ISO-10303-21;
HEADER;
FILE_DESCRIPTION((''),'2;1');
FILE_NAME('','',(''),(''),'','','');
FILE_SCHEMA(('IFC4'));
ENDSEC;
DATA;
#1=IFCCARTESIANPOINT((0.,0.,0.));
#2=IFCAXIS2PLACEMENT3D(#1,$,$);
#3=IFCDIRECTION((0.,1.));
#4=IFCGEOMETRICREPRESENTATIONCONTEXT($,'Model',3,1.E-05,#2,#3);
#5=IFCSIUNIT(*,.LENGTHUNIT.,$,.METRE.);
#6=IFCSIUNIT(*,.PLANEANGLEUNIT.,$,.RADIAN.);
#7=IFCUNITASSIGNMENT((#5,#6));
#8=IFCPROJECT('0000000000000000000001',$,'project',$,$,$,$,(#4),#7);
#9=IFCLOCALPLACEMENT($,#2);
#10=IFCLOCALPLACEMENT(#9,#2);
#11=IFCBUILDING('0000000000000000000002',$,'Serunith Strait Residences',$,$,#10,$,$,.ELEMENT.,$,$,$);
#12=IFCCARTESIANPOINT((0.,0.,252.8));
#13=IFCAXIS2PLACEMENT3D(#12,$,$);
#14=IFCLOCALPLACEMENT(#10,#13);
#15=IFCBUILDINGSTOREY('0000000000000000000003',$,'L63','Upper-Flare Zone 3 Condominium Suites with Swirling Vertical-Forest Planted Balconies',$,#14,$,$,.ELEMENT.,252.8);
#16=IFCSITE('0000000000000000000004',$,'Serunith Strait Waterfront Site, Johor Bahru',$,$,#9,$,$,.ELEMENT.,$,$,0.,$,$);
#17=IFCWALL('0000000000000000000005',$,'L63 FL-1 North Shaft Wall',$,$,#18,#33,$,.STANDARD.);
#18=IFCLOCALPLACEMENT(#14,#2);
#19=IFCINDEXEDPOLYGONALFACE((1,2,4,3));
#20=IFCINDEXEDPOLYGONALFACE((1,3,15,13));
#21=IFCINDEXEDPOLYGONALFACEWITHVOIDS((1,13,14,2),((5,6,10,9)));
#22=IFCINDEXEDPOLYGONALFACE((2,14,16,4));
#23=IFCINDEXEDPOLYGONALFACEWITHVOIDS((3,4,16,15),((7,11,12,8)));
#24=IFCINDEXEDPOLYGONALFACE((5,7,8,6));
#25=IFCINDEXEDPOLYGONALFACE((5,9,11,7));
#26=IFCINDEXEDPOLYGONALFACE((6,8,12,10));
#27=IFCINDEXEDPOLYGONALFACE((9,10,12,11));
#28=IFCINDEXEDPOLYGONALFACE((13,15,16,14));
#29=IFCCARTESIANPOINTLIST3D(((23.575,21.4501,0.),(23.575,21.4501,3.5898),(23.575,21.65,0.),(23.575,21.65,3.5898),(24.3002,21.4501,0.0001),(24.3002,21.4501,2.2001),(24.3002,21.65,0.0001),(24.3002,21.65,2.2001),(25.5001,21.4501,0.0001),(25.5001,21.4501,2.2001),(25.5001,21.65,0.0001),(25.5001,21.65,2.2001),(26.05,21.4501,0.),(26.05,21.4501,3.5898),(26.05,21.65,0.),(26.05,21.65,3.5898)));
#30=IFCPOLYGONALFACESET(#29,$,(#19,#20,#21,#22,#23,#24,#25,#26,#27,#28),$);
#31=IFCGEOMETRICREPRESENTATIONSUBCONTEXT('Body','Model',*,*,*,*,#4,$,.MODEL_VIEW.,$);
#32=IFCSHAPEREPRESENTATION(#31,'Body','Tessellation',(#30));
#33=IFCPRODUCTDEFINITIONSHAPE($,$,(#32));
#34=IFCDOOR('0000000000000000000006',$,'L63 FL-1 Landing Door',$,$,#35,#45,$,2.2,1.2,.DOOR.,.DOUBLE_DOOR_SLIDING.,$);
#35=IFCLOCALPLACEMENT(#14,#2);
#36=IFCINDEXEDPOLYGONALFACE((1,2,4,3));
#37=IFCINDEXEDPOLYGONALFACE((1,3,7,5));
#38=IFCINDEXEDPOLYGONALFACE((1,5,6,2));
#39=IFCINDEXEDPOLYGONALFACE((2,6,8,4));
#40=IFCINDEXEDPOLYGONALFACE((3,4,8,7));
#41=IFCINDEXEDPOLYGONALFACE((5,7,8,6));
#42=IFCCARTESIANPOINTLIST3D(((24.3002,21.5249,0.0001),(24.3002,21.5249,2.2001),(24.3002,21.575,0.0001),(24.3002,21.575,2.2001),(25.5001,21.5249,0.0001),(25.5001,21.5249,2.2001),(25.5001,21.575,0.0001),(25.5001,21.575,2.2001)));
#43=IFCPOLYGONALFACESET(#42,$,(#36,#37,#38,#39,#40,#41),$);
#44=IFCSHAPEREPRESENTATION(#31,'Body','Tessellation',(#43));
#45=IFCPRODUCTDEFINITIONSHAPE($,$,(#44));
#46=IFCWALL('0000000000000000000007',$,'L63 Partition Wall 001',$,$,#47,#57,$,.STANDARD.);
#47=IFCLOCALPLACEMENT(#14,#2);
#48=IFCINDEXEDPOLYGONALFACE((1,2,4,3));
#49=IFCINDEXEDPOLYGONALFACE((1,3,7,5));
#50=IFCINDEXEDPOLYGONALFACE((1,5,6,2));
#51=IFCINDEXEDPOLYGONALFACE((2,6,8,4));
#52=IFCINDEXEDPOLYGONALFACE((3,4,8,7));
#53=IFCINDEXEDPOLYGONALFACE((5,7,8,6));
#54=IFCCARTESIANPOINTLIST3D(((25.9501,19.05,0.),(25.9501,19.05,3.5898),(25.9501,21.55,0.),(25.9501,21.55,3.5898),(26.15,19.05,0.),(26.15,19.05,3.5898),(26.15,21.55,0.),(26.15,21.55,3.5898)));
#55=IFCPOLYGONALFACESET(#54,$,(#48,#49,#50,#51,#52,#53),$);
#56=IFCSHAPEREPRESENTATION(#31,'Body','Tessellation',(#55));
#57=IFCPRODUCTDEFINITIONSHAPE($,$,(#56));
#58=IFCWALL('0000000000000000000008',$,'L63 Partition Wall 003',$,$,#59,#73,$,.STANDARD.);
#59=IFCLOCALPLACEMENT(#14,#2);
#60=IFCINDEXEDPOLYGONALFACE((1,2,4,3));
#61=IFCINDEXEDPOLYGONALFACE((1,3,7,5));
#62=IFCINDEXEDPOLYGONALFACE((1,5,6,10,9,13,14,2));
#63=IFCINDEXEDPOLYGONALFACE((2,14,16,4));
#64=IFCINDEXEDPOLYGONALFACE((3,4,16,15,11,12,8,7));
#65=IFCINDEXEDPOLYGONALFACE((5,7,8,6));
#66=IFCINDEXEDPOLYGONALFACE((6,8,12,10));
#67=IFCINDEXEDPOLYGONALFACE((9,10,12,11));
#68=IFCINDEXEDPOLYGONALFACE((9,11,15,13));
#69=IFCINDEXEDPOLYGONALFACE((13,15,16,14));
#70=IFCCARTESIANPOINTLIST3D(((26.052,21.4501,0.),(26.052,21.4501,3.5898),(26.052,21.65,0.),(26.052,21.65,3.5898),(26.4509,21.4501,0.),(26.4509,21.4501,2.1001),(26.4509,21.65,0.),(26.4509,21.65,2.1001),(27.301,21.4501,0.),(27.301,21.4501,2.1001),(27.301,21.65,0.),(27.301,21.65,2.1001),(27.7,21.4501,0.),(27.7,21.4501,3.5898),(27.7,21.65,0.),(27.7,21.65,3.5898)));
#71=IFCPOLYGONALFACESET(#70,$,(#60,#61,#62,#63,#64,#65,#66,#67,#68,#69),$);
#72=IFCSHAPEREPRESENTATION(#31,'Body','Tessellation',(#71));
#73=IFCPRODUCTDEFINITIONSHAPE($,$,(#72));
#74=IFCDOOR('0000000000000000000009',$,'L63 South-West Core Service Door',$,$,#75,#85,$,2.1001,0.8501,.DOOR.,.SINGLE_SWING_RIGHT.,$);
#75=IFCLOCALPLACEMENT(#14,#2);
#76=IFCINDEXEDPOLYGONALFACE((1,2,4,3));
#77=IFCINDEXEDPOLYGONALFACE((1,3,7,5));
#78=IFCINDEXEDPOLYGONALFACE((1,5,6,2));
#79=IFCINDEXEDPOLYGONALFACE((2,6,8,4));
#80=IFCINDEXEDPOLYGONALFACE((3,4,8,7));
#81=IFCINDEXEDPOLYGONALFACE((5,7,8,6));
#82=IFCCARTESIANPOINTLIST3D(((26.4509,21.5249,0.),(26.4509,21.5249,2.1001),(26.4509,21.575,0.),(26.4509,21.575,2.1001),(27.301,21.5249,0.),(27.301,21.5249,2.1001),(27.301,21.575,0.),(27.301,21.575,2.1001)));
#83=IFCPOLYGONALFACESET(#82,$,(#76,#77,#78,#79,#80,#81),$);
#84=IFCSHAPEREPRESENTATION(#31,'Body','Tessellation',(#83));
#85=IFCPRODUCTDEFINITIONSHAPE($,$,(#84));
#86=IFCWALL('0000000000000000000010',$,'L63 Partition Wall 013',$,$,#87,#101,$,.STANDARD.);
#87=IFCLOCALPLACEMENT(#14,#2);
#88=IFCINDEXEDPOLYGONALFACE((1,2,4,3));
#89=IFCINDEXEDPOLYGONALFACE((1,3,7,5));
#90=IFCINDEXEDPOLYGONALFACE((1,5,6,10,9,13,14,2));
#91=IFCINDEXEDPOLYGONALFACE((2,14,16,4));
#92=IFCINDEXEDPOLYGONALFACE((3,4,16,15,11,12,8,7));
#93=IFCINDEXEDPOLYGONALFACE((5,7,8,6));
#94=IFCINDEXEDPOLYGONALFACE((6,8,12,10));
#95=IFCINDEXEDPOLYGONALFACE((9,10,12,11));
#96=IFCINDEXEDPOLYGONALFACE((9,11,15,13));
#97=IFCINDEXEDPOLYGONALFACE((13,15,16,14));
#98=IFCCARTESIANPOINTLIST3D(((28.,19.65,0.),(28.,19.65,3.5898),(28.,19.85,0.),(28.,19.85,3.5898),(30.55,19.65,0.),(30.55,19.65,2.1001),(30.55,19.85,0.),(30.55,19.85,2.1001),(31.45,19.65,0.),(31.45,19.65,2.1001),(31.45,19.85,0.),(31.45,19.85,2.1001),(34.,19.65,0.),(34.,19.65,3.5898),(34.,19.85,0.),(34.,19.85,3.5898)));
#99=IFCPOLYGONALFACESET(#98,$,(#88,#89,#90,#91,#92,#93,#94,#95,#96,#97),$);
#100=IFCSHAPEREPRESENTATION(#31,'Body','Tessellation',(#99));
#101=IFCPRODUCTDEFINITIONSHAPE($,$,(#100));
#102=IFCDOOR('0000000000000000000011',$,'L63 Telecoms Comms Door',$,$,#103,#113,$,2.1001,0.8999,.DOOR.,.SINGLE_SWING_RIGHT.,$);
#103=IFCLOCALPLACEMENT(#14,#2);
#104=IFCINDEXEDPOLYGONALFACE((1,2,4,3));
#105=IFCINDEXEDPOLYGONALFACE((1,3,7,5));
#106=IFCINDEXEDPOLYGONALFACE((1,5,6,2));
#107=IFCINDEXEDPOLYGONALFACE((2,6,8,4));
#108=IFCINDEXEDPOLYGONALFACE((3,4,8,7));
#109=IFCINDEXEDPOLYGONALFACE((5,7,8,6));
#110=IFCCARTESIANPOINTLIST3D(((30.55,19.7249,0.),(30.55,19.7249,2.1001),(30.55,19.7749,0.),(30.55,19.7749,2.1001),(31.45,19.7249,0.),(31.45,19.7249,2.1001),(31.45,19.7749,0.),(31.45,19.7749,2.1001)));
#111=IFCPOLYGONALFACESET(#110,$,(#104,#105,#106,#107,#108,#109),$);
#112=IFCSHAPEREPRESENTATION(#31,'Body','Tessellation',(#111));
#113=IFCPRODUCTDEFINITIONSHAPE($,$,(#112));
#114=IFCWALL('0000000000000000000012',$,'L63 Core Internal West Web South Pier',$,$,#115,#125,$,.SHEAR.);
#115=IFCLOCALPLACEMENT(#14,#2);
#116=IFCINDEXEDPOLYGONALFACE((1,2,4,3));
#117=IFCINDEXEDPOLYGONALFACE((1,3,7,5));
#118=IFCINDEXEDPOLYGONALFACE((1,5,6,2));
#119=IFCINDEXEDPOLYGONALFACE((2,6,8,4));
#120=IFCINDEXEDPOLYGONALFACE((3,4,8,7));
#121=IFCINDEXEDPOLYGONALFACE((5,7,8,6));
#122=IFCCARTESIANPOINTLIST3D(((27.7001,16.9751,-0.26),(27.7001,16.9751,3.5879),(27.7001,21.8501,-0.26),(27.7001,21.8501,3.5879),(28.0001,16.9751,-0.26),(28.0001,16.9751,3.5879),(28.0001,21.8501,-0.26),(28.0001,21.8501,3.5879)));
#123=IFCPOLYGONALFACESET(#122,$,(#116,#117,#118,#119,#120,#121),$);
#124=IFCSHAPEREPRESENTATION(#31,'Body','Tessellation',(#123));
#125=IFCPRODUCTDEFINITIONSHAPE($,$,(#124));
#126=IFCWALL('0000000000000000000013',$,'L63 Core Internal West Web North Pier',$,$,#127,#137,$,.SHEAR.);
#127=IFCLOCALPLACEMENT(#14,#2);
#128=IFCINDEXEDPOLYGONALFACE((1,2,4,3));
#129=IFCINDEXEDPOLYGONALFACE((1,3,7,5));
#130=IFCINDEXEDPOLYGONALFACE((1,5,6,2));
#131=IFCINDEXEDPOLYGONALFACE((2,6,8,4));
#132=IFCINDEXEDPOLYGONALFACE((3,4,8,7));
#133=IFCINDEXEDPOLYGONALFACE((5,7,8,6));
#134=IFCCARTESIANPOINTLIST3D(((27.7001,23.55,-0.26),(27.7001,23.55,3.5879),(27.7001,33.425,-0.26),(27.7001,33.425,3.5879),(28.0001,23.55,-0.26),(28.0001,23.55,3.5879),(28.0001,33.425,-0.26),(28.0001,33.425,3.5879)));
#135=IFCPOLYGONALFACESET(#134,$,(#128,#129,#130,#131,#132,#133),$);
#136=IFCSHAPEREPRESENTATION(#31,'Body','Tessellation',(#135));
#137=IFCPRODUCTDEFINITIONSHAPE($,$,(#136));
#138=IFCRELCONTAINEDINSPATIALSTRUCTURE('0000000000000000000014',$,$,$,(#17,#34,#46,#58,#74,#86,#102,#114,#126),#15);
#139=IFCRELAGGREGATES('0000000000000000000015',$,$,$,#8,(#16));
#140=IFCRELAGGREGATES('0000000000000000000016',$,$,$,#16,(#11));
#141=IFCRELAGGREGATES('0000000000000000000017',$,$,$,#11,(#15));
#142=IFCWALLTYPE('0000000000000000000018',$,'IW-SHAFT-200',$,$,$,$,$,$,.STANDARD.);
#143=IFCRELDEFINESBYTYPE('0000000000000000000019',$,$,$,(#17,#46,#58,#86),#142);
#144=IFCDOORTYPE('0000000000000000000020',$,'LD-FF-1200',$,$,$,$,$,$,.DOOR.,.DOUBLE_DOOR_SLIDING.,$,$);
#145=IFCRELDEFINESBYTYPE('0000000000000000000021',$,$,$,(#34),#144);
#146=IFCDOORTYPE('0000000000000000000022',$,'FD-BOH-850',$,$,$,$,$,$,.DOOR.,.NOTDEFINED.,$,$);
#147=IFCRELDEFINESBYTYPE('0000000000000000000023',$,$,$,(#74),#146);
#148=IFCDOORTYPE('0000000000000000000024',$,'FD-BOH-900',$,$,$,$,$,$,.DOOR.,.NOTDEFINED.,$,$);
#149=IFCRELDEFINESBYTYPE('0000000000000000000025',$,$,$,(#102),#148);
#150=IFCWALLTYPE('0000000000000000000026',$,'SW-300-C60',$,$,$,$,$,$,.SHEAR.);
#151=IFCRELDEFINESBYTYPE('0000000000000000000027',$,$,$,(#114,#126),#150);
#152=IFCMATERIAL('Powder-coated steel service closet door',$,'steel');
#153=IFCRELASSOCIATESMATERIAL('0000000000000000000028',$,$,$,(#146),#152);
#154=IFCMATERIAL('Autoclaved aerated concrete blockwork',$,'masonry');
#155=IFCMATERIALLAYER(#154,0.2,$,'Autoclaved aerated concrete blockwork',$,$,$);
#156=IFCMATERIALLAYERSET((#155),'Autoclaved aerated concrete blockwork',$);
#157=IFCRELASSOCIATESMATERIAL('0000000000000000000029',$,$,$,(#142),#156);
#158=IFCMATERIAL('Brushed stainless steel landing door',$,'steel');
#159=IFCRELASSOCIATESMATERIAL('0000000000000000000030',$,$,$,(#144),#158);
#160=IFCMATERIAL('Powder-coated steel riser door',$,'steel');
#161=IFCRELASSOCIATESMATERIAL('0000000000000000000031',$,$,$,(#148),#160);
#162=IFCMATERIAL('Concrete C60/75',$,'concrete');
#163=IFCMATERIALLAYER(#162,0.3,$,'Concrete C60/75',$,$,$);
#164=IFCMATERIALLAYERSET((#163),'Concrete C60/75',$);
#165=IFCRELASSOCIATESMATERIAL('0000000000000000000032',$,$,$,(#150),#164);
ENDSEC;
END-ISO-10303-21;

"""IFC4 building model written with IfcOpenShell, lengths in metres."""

from ifc_helpers import new_model, si_unit, direction, frame, frame_2d, origin, place, context, subcontext, project, spatial, rectangle, extrude, source, transform, mapped, material, layer, layer_set, type_object, element, fill, save


model = new_model("IFC4")

# Units and contexts
model_context = context("Model", 3, precision=1e-05, world=origin(), true_north=direction((0.0, 1.0)))
body_context = subcontext(model_context, "Body", "Model", "MODEL_VIEW")
ifc_project = project(units=[si_unit("LENGTHUNIT", "METRE"), si_unit("PLANEANGLEUNIT", "RADIAN")], contexts=[model_context])

# Site, building, storey
site_placement = place(None, origin())
site = spatial("IfcSite", under=ifc_project, at=site_placement, Name="Serunith Strait Waterfront Site, Johor Bahru", CompositionType="ELEMENT", RefElevation=0.0)
building_placement = place(site_placement, origin())
building = spatial("IfcBuilding", under=site, at=building_placement, Name="Serunith Strait Residences", CompositionType="ELEMENT")
storey_placement = place(building_placement, frame((0.0, 0.0, 252.8)))
storey = spatial("IfcBuildingStorey", under=building, at=storey_placement, Name="L63", Description="Upper-Flare Zone 3 Condominium Suites with Swirling Vertical-Forest Planted Balconies", CompositionType="ELEMENT", Elevation=252.8)

# Shared definitions
ifc_material_1 = material(Name="Powder-coated steel service closet door", Category="steel")
door_type_1 = type_object("IfcDoorType", Name="FD-BOH-850", OperationType="NOTDEFINED", PredefinedType="DOOR", material=ifc_material_1)
shared_shape_1 = source(origin(), body_context, "Body", "SweptSolid", [
    extrude(rectangle(XDim=0.8501, YDim=2.1001, at=frame_2d((0.425, 1.05))), frame((0.0, 0.0249, 0.0), z_axis=(0.0, -1.0, 0.0), x_axis=(1.0, 0.0, 0.0)), (0.0, 0.0, 1.0), 0.05),
])
shared_shape_2 = source(origin(), body_context, "Body", "SweptSolid", [
    extrude(rectangle(XDim=0.8999, YDim=2.1001, at=frame_2d((0.45, 1.05))), frame((0.0, 0.0249, 0.0), z_axis=(0.0, -1.0, 0.0), x_axis=(1.0, 0.0, 0.0)), (0.0, 0.0, 1.0), 0.05),
])

# Wall, opening, door
ifc_material_2 = material(Name="Autoclaved aerated concrete blockwork", Category="masonry")
ifc_layer_1 = layer(ifc_material_2, 0.2, Name="Autoclaved aerated concrete blockwork")
ifc_layer_set_1 = layer_set([ifc_layer_1], Name="Autoclaved aerated concrete blockwork")
wall_type_1 = type_object("IfcWallType", Name="IW-SHAFT-200", PredefinedType="STANDARD", material=ifc_layer_set_1)
wall_1_placement = place(storey_placement, frame((23.575, 21.55, 0.0), z_axis=(0.0, 0.0, 1.0), x_axis=(1.0, 0.0, 0.0)))
wall_1 = element("IfcWall", 1, at=wall_1_placement, inside=storey, type_object=wall_type_1, Name="L63 FL-1 North Shaft Wall", PredefinedType="STANDARD", context=body_context, shape_type="SweptSolid", body=[
    extrude(rectangle(XDim=2.4751, YDim=0.2, at=frame_2d((1.2375, 0.0))), origin(), (0.0, 0.0, 1.0), 3.5898),
])
opening_1_placement = place(wall_1_placement, frame((0.7251, 0.0, 0.0)))
opening_1 = element("IfcOpeningElement", 2, at=opening_1_placement, cuts=wall_1, PredefinedType="OPENING", context=body_context, shape_type="SweptSolid", body=[
    extrude(rectangle(XDim=1.2, YDim=2.2, at=frame_2d((0.6001, 1.1001))), frame((0.0, 0.1099, 0.0), z_axis=(0.0, -1.0, 0.0), x_axis=(1.0, 0.0, 0.0)), (0.0, 0.0, 1.0), 0.22),
])
ifc_material_3 = material(Name="Brushed stainless steel landing door", Category="steel")
door_type_2 = type_object("IfcDoorType", Name="LD-FF-1200", OperationType="DOUBLE_DOOR_SLIDING", PredefinedType="DOOR", material=ifc_material_3)
shared_shape_3 = source(origin(), body_context, "Body", "SweptSolid", [
    extrude(rectangle(XDim=1.2, YDim=2.2, at=frame_2d((0.6001, 1.1001))), frame((0.0, 0.0249, 0.0), z_axis=(0.0, -1.0, 0.0), x_axis=(1.0, 0.0, 0.0)), (0.0, 0.0, 1.0), 0.05),
])
door_1_placement = place(opening_1_placement, origin())
door_1 = element("IfcDoor", 3, at=door_1_placement, inside=storey, type_object=door_type_2, Name="L63 FL-1 Landing Door", OperationType="DOUBLE_DOOR_SLIDING", OverallHeight=2.2, OverallWidth=1.2, PredefinedType="DOOR", context=body_context, shape_type="MappedRepresentation", body=[
    mapped(shared_shape_3, transform((0.0, 0.0, 0.0), scale=1.0)),
])
fill(opening_1, door_1)

# Wall
wall_2_placement = place(storey_placement, frame((26.05, 19.05, 0.0), z_axis=(0.0, 0.0, 1.0), x_axis=(0.0, 1.0, 0.0)))
element("IfcWall", 4, at=wall_2_placement, inside=storey, type_object=wall_type_1, Name="L63 Partition Wall 001", PredefinedType="STANDARD", context=body_context, shape_type="SweptSolid", body=[
    extrude(rectangle(XDim=2.5, YDim=0.2, at=frame_2d((1.25, 0.0))), origin(), (0.0, 0.0, 1.0), 3.5898),
])

# Walls, openings, doors
wall_3_placement = place(storey_placement, frame((26.052, 21.55, 0.0), z_axis=(0.0, 0.0, 1.0), x_axis=(1.0, 0.0, 0.0)))
wall_3 = element("IfcWall", 5, at=wall_3_placement, inside=storey, type_object=wall_type_1, Name="L63 Partition Wall 003", PredefinedType="STANDARD", context=body_context, shape_type="SweptSolid", body=[
    extrude(rectangle(XDim=1.6479, YDim=0.2, at=frame_2d((0.824, 0.0))), origin(), (0.0, 0.0, 1.0), 3.5898),
])
opening_2_placement = place(wall_3_placement, frame((0.3989, 0.0, 0.0)))
opening_2 = element("IfcOpeningElement", 6, at=opening_2_placement, cuts=wall_3, PredefinedType="OPENING", context=body_context, shape_type="SweptSolid", body=[
    extrude(rectangle(XDim=0.8501, YDim=2.1001, at=frame_2d((0.425, 1.05))), frame((0.0, 0.1099, 0.0), z_axis=(0.0, -1.0, 0.0), x_axis=(1.0, 0.0, 0.0)), (0.0, 0.0, 1.0), 0.22),
])
door_2_placement = place(opening_2_placement, origin())
door_2 = element("IfcDoor", 7, at=door_2_placement, inside=storey, type_object=door_type_1, Name="L63 South-West Core Service Door", OperationType="SINGLE_SWING_RIGHT", OverallHeight=2.1001, OverallWidth=0.8501, PredefinedType="DOOR", context=body_context, shape_type="MappedRepresentation", body=[
    mapped(shared_shape_1, transform((0.0, 0.0, 0.0), scale=1.0)),
])
fill(opening_2, door_2)
wall_4_placement = place(storey_placement, frame((28.0, 19.75, 0.0), z_axis=(0.0, 0.0, 1.0), x_axis=(1.0, 0.0, 0.0)))
wall_4 = element("IfcWall", 8, at=wall_4_placement, inside=storey, type_object=wall_type_1, Name="L63 Partition Wall 013", PredefinedType="STANDARD", context=body_context, shape_type="SweptSolid", body=[
    extrude(rectangle(XDim=6.0, YDim=0.2, at=frame_2d((3.0, 0.0))), origin(), (0.0, 0.0, 1.0), 3.5898),
])
opening_3_placement = place(wall_4_placement, frame((2.55, 0.0, 0.0)))
opening_3 = element("IfcOpeningElement", 9, at=opening_3_placement, cuts=wall_4, PredefinedType="OPENING", context=body_context, shape_type="SweptSolid", body=[
    extrude(rectangle(XDim=0.8999, YDim=2.1001, at=frame_2d((0.45, 1.05))), frame((0.0, 0.1099, 0.0), z_axis=(0.0, -1.0, 0.0), x_axis=(1.0, 0.0, 0.0)), (0.0, 0.0, 1.0), 0.22),
])
ifc_material_4 = material(Name="Powder-coated steel riser door", Category="steel")
door_type_3 = type_object("IfcDoorType", Name="FD-BOH-900", OperationType="NOTDEFINED", PredefinedType="DOOR", material=ifc_material_4)
door_3_placement = place(opening_3_placement, origin())
door_3 = element("IfcDoor", 10, at=door_3_placement, inside=storey, type_object=door_type_3, Name="L63 Telecoms Comms Door", OperationType="SINGLE_SWING_RIGHT", OverallHeight=2.1001, OverallWidth=0.8999, PredefinedType="DOOR", context=body_context, shape_type="MappedRepresentation", body=[
    mapped(shared_shape_2, transform((0.0, 0.0, 0.0), scale=1.0)),
])
fill(opening_3, door_3)

# Walls
ifc_material_5 = material(Name="Concrete C60/75", Category="concrete")
ifc_layer_2 = layer(ifc_material_5, 0.3, Name="Concrete C60/75")
ifc_layer_set_2 = layer_set([ifc_layer_2], Name="Concrete C60/75")
wall_type_2 = type_object("IfcWallType", Name="SW-300-C60", PredefinedType="SHEAR", material=ifc_layer_set_2)
wall_5_placement = place(storey_placement, frame((27.8501, 16.9751, -0.26), z_axis=(0.0, 0.0, 1.0), x_axis=(0.0, 1.0, 0.0)))
element("IfcWall", 11, at=wall_5_placement, inside=storey, type_object=wall_type_2, Name="L63 Core Internal West Web South Pier", PredefinedType="SHEAR", context=body_context, shape_type="SweptSolid", body=[
    extrude(rectangle(XDim=4.875, YDim=0.3, at=frame_2d((2.4375, 0.0))), origin(), (0.0, 0.0, 1.0), 3.8479),
])
wall_6_placement = place(storey_placement, frame((27.8501, 23.55, -0.26), z_axis=(0.0, 0.0, 1.0), x_axis=(0.0, 1.0, 0.0)))
element("IfcWall", 12, at=wall_6_placement, inside=storey, type_object=wall_type_2, Name="L63 Core Internal West Web North Pier", PredefinedType="SHEAR", context=body_context, shape_type="SweptSolid", body=[
    extrude(rectangle(XDim=9.875, YDim=0.3, at=frame_2d((4.9375, 0.0))), origin(), (0.0, 0.0, 1.0), 3.8479),
])

save(model, "model.ifc")
